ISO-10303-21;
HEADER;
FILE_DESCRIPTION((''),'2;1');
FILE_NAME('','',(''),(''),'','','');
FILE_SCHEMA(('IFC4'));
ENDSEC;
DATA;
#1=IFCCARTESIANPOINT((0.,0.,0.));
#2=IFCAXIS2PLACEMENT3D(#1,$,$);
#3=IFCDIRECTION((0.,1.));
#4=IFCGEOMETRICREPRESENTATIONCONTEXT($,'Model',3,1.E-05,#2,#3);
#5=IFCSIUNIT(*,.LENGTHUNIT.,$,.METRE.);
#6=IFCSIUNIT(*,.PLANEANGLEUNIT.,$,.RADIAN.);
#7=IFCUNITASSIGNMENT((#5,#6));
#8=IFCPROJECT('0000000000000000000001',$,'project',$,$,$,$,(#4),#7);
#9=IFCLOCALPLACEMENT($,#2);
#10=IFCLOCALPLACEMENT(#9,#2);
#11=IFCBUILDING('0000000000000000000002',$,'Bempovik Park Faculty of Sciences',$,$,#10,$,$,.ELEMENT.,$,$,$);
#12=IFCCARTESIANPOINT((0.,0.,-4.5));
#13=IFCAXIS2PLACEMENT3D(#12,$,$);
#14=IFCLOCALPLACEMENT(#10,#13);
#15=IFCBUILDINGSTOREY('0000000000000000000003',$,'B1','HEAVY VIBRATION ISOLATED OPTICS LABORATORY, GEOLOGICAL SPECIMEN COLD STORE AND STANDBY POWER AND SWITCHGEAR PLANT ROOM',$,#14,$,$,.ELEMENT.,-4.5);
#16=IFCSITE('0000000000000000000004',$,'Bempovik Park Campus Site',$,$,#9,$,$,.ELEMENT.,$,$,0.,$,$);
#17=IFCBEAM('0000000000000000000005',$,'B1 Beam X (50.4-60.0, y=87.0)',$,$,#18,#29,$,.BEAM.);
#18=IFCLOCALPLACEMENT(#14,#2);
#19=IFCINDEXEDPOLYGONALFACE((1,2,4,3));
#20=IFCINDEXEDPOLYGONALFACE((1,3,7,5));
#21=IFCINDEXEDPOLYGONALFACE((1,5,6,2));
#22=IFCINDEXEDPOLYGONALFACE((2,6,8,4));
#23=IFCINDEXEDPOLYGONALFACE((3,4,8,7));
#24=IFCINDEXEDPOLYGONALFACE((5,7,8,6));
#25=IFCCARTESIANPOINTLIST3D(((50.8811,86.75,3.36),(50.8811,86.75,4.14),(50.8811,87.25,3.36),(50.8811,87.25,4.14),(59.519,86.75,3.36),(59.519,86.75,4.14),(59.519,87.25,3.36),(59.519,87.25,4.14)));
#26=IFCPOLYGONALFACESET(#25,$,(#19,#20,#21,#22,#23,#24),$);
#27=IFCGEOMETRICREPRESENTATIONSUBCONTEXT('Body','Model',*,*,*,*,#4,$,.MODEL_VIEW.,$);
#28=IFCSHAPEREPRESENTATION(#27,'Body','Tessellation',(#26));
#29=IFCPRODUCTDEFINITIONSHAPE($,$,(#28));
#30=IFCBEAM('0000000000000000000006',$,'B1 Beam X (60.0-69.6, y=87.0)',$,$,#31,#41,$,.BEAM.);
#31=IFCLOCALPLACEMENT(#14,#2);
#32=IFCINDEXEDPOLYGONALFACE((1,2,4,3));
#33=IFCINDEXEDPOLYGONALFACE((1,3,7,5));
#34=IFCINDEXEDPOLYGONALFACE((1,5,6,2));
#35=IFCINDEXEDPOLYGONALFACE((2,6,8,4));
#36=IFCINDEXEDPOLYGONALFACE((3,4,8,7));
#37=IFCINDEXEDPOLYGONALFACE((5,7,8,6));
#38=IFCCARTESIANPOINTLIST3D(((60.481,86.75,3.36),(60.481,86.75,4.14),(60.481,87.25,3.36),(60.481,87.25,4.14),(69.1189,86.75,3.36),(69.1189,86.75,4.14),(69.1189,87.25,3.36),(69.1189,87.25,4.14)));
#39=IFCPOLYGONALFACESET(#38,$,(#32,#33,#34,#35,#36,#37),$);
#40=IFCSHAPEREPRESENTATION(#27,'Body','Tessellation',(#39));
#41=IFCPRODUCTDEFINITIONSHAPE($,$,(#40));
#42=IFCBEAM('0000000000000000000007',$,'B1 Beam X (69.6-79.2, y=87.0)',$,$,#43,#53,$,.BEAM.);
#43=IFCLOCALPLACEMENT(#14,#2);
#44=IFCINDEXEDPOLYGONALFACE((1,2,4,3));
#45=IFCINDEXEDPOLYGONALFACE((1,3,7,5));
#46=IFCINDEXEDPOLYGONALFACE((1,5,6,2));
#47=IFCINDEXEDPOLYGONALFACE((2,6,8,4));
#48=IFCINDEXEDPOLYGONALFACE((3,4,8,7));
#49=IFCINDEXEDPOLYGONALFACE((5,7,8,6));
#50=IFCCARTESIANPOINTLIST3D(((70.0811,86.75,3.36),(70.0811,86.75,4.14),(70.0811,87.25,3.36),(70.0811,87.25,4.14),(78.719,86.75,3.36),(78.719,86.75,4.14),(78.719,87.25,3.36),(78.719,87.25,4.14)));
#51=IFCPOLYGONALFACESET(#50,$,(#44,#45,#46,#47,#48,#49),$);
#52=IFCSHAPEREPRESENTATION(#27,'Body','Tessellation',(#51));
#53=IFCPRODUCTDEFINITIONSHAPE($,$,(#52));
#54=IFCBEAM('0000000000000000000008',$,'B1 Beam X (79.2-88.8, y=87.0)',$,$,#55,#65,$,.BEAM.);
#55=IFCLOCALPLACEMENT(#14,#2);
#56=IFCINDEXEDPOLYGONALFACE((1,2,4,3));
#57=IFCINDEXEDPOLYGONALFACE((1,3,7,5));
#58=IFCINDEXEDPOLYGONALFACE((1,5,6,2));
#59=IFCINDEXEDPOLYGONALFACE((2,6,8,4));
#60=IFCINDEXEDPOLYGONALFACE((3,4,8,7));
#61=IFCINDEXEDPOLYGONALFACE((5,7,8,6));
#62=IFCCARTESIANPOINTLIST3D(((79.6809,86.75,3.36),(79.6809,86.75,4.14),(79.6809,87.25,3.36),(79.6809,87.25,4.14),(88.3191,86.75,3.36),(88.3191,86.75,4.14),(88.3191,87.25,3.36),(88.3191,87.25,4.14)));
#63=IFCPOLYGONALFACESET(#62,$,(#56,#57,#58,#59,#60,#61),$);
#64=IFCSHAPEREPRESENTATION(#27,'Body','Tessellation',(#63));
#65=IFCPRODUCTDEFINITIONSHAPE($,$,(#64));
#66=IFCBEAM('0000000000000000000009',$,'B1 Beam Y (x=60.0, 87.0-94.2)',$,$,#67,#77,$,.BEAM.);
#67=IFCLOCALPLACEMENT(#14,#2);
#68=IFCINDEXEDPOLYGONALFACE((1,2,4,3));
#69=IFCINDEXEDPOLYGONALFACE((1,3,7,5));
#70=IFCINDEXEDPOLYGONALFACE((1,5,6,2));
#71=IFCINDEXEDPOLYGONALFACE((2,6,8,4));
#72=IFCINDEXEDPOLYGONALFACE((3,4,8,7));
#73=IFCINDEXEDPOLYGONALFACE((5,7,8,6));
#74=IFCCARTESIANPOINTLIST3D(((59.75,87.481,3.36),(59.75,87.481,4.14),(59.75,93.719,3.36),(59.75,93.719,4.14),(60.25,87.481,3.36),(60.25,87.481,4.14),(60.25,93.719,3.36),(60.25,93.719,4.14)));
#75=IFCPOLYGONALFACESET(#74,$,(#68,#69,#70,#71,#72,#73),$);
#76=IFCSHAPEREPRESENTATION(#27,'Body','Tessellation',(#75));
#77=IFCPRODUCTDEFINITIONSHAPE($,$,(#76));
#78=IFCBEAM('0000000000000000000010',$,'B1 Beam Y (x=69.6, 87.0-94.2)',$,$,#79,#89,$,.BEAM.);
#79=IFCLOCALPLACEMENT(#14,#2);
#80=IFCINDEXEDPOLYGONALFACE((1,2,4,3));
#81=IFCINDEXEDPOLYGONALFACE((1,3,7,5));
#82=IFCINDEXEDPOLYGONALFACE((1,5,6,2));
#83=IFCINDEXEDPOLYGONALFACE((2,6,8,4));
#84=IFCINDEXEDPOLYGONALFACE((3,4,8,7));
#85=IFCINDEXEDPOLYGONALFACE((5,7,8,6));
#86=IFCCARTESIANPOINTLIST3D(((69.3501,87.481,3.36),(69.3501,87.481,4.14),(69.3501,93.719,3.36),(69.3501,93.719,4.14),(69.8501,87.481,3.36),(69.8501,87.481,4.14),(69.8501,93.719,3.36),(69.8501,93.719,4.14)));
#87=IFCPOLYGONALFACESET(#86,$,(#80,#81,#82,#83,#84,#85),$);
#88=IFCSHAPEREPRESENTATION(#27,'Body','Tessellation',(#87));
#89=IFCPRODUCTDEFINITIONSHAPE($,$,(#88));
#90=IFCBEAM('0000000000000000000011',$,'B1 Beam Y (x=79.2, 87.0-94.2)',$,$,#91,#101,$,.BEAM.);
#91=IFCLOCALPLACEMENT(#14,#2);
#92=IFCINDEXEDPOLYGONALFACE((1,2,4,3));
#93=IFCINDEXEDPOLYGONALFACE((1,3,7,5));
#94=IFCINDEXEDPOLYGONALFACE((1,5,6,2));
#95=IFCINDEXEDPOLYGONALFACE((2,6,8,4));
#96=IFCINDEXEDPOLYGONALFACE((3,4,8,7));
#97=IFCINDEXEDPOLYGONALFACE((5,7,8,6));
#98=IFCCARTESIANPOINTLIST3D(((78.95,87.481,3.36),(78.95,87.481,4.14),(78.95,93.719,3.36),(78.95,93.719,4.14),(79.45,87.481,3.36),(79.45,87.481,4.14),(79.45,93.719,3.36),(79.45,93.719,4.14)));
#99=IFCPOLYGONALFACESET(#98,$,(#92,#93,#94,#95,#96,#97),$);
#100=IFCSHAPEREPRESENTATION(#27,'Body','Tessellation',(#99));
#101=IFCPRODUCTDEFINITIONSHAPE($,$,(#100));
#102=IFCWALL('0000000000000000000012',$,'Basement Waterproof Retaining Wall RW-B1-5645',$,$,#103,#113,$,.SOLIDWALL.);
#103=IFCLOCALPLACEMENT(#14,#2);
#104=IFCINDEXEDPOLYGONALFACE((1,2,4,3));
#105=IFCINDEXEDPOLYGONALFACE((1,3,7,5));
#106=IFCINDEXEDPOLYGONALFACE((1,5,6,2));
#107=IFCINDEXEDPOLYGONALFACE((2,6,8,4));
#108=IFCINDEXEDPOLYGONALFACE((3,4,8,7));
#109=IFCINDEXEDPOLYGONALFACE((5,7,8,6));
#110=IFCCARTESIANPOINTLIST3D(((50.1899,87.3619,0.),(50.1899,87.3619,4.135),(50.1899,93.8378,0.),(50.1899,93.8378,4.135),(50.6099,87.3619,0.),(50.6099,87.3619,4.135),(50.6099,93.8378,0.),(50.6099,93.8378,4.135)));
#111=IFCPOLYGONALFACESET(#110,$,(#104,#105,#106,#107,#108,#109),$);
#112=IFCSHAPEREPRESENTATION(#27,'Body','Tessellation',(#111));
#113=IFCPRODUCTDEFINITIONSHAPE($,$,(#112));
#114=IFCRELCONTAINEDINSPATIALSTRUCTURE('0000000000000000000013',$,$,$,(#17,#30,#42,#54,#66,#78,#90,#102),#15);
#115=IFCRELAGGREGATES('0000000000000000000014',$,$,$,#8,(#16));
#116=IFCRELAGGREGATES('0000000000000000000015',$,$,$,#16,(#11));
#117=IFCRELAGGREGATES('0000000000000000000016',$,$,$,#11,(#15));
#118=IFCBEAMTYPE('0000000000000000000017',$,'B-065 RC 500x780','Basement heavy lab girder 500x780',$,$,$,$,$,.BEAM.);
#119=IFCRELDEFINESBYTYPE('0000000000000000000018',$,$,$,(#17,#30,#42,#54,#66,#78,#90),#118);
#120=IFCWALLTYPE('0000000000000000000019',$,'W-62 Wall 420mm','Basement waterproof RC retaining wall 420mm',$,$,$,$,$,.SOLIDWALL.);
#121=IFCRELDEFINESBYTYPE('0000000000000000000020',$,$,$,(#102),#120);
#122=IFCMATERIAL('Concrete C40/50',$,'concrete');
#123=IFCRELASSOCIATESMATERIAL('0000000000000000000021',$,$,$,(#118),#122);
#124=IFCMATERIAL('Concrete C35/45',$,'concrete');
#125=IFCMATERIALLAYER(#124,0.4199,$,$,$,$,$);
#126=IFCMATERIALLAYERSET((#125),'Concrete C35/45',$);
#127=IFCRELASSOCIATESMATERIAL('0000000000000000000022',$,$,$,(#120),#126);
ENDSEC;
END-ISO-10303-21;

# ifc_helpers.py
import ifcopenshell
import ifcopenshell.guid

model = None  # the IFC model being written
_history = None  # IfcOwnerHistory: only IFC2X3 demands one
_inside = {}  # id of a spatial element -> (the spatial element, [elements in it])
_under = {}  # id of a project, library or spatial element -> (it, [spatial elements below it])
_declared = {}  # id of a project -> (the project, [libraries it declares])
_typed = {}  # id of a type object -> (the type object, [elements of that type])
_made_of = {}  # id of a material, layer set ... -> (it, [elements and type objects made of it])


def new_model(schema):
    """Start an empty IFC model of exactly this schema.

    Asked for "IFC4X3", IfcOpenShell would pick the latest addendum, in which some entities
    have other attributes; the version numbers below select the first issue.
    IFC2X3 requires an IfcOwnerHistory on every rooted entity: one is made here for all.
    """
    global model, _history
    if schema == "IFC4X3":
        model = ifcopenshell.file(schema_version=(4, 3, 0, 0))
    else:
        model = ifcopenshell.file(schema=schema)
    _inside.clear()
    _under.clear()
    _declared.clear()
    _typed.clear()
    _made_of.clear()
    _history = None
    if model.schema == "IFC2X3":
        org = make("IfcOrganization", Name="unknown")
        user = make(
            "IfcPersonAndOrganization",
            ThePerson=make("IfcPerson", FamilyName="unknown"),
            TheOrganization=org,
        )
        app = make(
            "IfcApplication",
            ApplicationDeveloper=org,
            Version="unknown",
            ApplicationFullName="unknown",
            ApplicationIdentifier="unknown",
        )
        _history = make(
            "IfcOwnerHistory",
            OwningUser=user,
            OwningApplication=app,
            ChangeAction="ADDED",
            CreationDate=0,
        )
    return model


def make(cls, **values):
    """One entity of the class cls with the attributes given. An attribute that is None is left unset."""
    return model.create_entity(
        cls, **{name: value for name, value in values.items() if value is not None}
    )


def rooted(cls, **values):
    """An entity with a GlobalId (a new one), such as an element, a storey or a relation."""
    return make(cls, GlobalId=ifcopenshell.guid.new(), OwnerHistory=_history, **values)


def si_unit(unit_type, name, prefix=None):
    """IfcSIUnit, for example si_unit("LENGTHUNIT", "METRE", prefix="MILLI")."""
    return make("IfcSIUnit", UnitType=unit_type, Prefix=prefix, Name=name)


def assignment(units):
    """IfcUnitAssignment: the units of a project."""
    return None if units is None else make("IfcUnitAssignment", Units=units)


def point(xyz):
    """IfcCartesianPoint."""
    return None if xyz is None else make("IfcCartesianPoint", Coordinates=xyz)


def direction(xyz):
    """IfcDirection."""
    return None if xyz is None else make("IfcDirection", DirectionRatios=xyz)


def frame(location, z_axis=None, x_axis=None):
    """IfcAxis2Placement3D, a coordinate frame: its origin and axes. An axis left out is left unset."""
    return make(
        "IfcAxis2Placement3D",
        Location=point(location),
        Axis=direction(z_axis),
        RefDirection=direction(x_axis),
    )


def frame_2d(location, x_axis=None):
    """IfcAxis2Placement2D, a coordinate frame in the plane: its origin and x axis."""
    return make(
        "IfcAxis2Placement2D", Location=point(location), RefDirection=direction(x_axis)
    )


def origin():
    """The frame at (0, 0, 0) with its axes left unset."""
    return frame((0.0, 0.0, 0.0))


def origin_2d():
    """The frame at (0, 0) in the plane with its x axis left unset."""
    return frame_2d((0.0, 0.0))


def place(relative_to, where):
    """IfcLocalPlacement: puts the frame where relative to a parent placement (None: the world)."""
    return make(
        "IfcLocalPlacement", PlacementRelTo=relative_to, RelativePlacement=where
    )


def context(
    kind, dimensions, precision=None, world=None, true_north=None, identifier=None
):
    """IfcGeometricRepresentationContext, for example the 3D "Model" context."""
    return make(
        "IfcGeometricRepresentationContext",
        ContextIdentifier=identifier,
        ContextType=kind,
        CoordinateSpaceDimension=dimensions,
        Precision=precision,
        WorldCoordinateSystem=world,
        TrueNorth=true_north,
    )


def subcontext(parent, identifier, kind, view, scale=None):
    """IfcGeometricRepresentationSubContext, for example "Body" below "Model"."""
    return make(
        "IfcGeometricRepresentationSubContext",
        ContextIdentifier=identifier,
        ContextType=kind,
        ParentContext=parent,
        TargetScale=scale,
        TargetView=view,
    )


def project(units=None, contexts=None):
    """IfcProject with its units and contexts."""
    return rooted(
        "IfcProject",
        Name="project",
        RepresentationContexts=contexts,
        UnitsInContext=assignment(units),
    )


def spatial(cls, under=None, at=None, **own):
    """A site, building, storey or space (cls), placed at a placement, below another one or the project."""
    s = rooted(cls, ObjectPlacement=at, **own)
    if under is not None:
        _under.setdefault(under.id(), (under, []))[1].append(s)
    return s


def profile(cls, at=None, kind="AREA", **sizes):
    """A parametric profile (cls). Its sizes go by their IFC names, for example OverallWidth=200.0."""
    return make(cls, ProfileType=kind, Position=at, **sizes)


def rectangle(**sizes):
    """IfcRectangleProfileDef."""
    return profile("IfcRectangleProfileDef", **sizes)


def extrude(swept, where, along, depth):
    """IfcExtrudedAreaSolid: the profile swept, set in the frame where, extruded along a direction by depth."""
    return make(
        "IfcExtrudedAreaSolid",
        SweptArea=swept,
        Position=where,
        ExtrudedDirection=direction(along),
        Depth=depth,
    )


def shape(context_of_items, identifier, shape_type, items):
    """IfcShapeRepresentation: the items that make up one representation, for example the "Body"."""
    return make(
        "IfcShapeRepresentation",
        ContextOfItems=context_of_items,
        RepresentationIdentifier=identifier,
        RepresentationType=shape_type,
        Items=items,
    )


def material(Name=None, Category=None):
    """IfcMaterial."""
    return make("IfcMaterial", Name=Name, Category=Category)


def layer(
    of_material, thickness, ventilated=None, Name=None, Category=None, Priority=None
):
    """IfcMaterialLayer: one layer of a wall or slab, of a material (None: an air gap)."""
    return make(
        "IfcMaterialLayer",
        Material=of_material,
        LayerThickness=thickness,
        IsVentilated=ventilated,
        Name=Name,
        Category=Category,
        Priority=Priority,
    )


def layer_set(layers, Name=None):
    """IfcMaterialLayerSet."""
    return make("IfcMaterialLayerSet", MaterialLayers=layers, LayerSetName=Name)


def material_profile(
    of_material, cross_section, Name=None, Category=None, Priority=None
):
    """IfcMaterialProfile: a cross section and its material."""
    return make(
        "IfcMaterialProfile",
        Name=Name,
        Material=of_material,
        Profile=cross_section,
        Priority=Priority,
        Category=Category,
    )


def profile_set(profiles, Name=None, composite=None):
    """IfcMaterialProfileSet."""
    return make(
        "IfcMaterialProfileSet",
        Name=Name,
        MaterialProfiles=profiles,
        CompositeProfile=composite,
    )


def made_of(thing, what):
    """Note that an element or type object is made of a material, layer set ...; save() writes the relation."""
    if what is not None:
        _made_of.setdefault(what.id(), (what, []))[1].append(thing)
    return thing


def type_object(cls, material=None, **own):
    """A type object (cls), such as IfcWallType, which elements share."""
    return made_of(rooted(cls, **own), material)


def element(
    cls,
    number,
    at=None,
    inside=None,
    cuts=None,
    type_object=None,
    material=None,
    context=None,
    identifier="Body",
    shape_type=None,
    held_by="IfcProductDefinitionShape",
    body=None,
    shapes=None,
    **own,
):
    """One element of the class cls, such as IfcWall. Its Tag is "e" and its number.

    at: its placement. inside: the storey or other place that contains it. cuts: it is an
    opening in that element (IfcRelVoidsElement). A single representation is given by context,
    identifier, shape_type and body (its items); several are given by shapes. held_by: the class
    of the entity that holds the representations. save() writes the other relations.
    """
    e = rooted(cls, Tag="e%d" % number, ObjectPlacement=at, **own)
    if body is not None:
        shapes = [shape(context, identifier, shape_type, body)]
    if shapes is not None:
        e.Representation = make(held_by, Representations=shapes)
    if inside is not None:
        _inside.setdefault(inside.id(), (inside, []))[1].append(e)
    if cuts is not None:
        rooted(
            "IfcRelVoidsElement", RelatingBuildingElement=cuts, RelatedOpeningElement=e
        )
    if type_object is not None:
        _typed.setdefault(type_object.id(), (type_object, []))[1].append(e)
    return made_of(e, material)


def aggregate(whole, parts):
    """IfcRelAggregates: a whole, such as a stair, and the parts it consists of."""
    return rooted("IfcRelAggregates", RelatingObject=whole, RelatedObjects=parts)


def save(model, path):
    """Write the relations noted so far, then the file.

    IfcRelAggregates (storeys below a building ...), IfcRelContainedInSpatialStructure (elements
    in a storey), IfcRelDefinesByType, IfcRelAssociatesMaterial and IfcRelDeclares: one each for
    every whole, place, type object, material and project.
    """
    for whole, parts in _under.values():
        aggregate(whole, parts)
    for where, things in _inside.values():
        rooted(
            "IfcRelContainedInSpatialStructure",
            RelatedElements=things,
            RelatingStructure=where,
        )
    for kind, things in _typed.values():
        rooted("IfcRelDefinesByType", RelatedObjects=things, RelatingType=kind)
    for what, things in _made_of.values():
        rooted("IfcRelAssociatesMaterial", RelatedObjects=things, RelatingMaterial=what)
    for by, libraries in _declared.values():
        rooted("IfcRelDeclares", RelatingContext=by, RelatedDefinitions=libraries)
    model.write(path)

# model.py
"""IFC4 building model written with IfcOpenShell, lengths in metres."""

from ifc_helpers import new_model, si_unit, direction, frame, frame_2d, origin, origin_2d, place, context, subcontext, project, spatial, rectangle, extrude, material, layer, layer_set, material_profile, profile_set, type_object, element, save


model = new_model("IFC4")

# Units and contexts
model_context = context("Model", 3, precision=1e-05, world=origin(), true_north=direction((0.0, 1.0)))
body_context = subcontext(model_context, "Body", "Model", "MODEL_VIEW")
ifc_project = project(units=[si_unit("LENGTHUNIT", "METRE"), si_unit("PLANEANGLEUNIT", "RADIAN")], contexts=[model_context])

# Site, building, storey
site_placement = place(None, origin())
site = spatial("IfcSite", under=ifc_project, at=site_placement, Name="Bempovik Park Campus Site", CompositionType="ELEMENT", RefElevation=0.0)
building_placement = place(site_placement, origin())
building = spatial("IfcBuilding", under=site, at=building_placement, Name="Bempovik Park Faculty of Sciences", CompositionType="ELEMENT")
storey_placement = place(building_placement, frame((0.0, 0.0, -4.5)))
storey = spatial("IfcBuildingStorey", under=building, at=storey_placement, Name="B1", Description="HEAVY VIBRATION ISOLATED OPTICS LABORATORY, GEOLOGICAL SPECIMEN COLD STORE AND STANDBY POWER AND SWITCHGEAR PLANT ROOM", CompositionType="ELEMENT", Elevation=-4.5)

# Shared definitions
ifc_material_1 = material(Name="Concrete C35/45", Category="concrete")

# Shared definitions
ifc_material_2 = material(Name="Concrete C40/50", Category="concrete")

# Beams
ifc_material_profile_1 = material_profile(ifc_material_2, rectangle(XDim=0.5, YDim=0.78, at=origin_2d()), Name="RC 500x780")
ifc_profile_set_1 = profile_set([ifc_material_profile_1], Name="Concrete C40/50")
beam_type_1 = type_object("IfcBeamType", Name="B-065 RC 500x780", Description="Basement heavy lab girder 500x780", PredefinedType="BEAM", material=ifc_profile_set_1)
for number, where, z_axis, x_axis, name in (
    (1, (50.8811, 87.0, 3.75), (1.0, 0.0, 0.0), (0.0, 1.0, 0.0), "B1 Beam X (50.4-60.0, y=87.0)"),
    (2, (60.481, 87.0, 3.75), (1.0, 0.0, 0.0), (0.0, 1.0, 0.0), "B1 Beam X (60.0-69.6, y=87.0)"),
    (3, (70.0811, 87.0, 3.75), (1.0, 0.0, 0.0), (0.0, 1.0, 0.0), "B1 Beam X (69.6-79.2, y=87.0)"),
):
    element("IfcBeam", number, at=place(storey_placement, frame(where, z_axis=z_axis, x_axis=x_axis)), inside=storey, type_object=beam_type_1, Name=name, PredefinedType="BEAM", context=body_context, shape_type="SweptSolid", body=[
        extrude(rectangle(XDim=0.5, YDim=0.78, at=origin_2d()), origin(), (0.0, 0.0, 1.0), 8.6379),
    ])
beam_1_placement = place(storey_placement, frame((79.6809, 87.0, 3.75), z_axis=(1.0, 0.0, 0.0), x_axis=(0.0, 1.0, 0.0)))
element("IfcBeam", 4, at=beam_1_placement, inside=storey, type_object=beam_type_1, Name="B1 Beam X (79.2-88.8, y=87.0)", PredefinedType="BEAM", context=body_context, shape_type="SweptSolid", body=[
    extrude(rectangle(XDim=0.5, YDim=0.78, at=origin_2d()), origin(), (0.0, 0.0, 1.0), 8.6382),
])
for number, where, z_axis, x_axis, name in (
    (5, (60.0, 87.481, 3.75), (0.0, 1.0, 0.0), (-1.0, 0.0, 0.0), "B1 Beam Y (x=60.0, 87.0-94.2)"),
    (6, (69.6001, 87.481, 3.75), (0.0, 1.0, 0.0), (-1.0, 0.0, 0.0), "B1 Beam Y (x=69.6, 87.0-94.2)"),
    (7, (79.2, 87.481, 3.75), (0.0, 1.0, 0.0), (-1.0, 0.0, 0.0), "B1 Beam Y (x=79.2, 87.0-94.2)"),
):
    element("IfcBeam", number, at=place(storey_placement, frame(where, z_axis=z_axis, x_axis=x_axis)), inside=storey, type_object=beam_type_1, Name=name, PredefinedType="BEAM", context=body_context, shape_type="SweptSolid", body=[
        extrude(rectangle(XDim=0.5, YDim=0.78, at=origin_2d()), origin(), (0.0, 0.0, 1.0), 6.238),
    ])

# Wall
ifc_layer = layer(ifc_material_1, 0.4199)
ifc_layer_set = layer_set([ifc_layer], Name="Concrete C35/45")
wall_type = type_object("IfcWallType", Name="W-62 Wall 420mm", Description="Basement waterproof RC retaining wall 420mm", PredefinedType="SOLIDWALL", material=ifc_layer_set)
wall_placement = place(storey_placement, frame((50.3999, 87.3621, 0.0), z_axis=(0.0, 0.0, 1.0), x_axis=(0.0, 1.0, 0.0)))
element("IfcWall", 8, at=wall_placement, inside=storey, type_object=wall_type, Name="Basement Waterproof Retaining Wall RW-B1-5645", PredefinedType="SOLIDWALL", context=body_context, shape_type="SweptSolid", body=[
    extrude(rectangle(XDim=6.4758, YDim=0.4199, at=frame_2d((3.2378, 0.0))), origin(), (0.0, 0.0, 1.0), 4.135),
])

save(model, "model.ifc")
